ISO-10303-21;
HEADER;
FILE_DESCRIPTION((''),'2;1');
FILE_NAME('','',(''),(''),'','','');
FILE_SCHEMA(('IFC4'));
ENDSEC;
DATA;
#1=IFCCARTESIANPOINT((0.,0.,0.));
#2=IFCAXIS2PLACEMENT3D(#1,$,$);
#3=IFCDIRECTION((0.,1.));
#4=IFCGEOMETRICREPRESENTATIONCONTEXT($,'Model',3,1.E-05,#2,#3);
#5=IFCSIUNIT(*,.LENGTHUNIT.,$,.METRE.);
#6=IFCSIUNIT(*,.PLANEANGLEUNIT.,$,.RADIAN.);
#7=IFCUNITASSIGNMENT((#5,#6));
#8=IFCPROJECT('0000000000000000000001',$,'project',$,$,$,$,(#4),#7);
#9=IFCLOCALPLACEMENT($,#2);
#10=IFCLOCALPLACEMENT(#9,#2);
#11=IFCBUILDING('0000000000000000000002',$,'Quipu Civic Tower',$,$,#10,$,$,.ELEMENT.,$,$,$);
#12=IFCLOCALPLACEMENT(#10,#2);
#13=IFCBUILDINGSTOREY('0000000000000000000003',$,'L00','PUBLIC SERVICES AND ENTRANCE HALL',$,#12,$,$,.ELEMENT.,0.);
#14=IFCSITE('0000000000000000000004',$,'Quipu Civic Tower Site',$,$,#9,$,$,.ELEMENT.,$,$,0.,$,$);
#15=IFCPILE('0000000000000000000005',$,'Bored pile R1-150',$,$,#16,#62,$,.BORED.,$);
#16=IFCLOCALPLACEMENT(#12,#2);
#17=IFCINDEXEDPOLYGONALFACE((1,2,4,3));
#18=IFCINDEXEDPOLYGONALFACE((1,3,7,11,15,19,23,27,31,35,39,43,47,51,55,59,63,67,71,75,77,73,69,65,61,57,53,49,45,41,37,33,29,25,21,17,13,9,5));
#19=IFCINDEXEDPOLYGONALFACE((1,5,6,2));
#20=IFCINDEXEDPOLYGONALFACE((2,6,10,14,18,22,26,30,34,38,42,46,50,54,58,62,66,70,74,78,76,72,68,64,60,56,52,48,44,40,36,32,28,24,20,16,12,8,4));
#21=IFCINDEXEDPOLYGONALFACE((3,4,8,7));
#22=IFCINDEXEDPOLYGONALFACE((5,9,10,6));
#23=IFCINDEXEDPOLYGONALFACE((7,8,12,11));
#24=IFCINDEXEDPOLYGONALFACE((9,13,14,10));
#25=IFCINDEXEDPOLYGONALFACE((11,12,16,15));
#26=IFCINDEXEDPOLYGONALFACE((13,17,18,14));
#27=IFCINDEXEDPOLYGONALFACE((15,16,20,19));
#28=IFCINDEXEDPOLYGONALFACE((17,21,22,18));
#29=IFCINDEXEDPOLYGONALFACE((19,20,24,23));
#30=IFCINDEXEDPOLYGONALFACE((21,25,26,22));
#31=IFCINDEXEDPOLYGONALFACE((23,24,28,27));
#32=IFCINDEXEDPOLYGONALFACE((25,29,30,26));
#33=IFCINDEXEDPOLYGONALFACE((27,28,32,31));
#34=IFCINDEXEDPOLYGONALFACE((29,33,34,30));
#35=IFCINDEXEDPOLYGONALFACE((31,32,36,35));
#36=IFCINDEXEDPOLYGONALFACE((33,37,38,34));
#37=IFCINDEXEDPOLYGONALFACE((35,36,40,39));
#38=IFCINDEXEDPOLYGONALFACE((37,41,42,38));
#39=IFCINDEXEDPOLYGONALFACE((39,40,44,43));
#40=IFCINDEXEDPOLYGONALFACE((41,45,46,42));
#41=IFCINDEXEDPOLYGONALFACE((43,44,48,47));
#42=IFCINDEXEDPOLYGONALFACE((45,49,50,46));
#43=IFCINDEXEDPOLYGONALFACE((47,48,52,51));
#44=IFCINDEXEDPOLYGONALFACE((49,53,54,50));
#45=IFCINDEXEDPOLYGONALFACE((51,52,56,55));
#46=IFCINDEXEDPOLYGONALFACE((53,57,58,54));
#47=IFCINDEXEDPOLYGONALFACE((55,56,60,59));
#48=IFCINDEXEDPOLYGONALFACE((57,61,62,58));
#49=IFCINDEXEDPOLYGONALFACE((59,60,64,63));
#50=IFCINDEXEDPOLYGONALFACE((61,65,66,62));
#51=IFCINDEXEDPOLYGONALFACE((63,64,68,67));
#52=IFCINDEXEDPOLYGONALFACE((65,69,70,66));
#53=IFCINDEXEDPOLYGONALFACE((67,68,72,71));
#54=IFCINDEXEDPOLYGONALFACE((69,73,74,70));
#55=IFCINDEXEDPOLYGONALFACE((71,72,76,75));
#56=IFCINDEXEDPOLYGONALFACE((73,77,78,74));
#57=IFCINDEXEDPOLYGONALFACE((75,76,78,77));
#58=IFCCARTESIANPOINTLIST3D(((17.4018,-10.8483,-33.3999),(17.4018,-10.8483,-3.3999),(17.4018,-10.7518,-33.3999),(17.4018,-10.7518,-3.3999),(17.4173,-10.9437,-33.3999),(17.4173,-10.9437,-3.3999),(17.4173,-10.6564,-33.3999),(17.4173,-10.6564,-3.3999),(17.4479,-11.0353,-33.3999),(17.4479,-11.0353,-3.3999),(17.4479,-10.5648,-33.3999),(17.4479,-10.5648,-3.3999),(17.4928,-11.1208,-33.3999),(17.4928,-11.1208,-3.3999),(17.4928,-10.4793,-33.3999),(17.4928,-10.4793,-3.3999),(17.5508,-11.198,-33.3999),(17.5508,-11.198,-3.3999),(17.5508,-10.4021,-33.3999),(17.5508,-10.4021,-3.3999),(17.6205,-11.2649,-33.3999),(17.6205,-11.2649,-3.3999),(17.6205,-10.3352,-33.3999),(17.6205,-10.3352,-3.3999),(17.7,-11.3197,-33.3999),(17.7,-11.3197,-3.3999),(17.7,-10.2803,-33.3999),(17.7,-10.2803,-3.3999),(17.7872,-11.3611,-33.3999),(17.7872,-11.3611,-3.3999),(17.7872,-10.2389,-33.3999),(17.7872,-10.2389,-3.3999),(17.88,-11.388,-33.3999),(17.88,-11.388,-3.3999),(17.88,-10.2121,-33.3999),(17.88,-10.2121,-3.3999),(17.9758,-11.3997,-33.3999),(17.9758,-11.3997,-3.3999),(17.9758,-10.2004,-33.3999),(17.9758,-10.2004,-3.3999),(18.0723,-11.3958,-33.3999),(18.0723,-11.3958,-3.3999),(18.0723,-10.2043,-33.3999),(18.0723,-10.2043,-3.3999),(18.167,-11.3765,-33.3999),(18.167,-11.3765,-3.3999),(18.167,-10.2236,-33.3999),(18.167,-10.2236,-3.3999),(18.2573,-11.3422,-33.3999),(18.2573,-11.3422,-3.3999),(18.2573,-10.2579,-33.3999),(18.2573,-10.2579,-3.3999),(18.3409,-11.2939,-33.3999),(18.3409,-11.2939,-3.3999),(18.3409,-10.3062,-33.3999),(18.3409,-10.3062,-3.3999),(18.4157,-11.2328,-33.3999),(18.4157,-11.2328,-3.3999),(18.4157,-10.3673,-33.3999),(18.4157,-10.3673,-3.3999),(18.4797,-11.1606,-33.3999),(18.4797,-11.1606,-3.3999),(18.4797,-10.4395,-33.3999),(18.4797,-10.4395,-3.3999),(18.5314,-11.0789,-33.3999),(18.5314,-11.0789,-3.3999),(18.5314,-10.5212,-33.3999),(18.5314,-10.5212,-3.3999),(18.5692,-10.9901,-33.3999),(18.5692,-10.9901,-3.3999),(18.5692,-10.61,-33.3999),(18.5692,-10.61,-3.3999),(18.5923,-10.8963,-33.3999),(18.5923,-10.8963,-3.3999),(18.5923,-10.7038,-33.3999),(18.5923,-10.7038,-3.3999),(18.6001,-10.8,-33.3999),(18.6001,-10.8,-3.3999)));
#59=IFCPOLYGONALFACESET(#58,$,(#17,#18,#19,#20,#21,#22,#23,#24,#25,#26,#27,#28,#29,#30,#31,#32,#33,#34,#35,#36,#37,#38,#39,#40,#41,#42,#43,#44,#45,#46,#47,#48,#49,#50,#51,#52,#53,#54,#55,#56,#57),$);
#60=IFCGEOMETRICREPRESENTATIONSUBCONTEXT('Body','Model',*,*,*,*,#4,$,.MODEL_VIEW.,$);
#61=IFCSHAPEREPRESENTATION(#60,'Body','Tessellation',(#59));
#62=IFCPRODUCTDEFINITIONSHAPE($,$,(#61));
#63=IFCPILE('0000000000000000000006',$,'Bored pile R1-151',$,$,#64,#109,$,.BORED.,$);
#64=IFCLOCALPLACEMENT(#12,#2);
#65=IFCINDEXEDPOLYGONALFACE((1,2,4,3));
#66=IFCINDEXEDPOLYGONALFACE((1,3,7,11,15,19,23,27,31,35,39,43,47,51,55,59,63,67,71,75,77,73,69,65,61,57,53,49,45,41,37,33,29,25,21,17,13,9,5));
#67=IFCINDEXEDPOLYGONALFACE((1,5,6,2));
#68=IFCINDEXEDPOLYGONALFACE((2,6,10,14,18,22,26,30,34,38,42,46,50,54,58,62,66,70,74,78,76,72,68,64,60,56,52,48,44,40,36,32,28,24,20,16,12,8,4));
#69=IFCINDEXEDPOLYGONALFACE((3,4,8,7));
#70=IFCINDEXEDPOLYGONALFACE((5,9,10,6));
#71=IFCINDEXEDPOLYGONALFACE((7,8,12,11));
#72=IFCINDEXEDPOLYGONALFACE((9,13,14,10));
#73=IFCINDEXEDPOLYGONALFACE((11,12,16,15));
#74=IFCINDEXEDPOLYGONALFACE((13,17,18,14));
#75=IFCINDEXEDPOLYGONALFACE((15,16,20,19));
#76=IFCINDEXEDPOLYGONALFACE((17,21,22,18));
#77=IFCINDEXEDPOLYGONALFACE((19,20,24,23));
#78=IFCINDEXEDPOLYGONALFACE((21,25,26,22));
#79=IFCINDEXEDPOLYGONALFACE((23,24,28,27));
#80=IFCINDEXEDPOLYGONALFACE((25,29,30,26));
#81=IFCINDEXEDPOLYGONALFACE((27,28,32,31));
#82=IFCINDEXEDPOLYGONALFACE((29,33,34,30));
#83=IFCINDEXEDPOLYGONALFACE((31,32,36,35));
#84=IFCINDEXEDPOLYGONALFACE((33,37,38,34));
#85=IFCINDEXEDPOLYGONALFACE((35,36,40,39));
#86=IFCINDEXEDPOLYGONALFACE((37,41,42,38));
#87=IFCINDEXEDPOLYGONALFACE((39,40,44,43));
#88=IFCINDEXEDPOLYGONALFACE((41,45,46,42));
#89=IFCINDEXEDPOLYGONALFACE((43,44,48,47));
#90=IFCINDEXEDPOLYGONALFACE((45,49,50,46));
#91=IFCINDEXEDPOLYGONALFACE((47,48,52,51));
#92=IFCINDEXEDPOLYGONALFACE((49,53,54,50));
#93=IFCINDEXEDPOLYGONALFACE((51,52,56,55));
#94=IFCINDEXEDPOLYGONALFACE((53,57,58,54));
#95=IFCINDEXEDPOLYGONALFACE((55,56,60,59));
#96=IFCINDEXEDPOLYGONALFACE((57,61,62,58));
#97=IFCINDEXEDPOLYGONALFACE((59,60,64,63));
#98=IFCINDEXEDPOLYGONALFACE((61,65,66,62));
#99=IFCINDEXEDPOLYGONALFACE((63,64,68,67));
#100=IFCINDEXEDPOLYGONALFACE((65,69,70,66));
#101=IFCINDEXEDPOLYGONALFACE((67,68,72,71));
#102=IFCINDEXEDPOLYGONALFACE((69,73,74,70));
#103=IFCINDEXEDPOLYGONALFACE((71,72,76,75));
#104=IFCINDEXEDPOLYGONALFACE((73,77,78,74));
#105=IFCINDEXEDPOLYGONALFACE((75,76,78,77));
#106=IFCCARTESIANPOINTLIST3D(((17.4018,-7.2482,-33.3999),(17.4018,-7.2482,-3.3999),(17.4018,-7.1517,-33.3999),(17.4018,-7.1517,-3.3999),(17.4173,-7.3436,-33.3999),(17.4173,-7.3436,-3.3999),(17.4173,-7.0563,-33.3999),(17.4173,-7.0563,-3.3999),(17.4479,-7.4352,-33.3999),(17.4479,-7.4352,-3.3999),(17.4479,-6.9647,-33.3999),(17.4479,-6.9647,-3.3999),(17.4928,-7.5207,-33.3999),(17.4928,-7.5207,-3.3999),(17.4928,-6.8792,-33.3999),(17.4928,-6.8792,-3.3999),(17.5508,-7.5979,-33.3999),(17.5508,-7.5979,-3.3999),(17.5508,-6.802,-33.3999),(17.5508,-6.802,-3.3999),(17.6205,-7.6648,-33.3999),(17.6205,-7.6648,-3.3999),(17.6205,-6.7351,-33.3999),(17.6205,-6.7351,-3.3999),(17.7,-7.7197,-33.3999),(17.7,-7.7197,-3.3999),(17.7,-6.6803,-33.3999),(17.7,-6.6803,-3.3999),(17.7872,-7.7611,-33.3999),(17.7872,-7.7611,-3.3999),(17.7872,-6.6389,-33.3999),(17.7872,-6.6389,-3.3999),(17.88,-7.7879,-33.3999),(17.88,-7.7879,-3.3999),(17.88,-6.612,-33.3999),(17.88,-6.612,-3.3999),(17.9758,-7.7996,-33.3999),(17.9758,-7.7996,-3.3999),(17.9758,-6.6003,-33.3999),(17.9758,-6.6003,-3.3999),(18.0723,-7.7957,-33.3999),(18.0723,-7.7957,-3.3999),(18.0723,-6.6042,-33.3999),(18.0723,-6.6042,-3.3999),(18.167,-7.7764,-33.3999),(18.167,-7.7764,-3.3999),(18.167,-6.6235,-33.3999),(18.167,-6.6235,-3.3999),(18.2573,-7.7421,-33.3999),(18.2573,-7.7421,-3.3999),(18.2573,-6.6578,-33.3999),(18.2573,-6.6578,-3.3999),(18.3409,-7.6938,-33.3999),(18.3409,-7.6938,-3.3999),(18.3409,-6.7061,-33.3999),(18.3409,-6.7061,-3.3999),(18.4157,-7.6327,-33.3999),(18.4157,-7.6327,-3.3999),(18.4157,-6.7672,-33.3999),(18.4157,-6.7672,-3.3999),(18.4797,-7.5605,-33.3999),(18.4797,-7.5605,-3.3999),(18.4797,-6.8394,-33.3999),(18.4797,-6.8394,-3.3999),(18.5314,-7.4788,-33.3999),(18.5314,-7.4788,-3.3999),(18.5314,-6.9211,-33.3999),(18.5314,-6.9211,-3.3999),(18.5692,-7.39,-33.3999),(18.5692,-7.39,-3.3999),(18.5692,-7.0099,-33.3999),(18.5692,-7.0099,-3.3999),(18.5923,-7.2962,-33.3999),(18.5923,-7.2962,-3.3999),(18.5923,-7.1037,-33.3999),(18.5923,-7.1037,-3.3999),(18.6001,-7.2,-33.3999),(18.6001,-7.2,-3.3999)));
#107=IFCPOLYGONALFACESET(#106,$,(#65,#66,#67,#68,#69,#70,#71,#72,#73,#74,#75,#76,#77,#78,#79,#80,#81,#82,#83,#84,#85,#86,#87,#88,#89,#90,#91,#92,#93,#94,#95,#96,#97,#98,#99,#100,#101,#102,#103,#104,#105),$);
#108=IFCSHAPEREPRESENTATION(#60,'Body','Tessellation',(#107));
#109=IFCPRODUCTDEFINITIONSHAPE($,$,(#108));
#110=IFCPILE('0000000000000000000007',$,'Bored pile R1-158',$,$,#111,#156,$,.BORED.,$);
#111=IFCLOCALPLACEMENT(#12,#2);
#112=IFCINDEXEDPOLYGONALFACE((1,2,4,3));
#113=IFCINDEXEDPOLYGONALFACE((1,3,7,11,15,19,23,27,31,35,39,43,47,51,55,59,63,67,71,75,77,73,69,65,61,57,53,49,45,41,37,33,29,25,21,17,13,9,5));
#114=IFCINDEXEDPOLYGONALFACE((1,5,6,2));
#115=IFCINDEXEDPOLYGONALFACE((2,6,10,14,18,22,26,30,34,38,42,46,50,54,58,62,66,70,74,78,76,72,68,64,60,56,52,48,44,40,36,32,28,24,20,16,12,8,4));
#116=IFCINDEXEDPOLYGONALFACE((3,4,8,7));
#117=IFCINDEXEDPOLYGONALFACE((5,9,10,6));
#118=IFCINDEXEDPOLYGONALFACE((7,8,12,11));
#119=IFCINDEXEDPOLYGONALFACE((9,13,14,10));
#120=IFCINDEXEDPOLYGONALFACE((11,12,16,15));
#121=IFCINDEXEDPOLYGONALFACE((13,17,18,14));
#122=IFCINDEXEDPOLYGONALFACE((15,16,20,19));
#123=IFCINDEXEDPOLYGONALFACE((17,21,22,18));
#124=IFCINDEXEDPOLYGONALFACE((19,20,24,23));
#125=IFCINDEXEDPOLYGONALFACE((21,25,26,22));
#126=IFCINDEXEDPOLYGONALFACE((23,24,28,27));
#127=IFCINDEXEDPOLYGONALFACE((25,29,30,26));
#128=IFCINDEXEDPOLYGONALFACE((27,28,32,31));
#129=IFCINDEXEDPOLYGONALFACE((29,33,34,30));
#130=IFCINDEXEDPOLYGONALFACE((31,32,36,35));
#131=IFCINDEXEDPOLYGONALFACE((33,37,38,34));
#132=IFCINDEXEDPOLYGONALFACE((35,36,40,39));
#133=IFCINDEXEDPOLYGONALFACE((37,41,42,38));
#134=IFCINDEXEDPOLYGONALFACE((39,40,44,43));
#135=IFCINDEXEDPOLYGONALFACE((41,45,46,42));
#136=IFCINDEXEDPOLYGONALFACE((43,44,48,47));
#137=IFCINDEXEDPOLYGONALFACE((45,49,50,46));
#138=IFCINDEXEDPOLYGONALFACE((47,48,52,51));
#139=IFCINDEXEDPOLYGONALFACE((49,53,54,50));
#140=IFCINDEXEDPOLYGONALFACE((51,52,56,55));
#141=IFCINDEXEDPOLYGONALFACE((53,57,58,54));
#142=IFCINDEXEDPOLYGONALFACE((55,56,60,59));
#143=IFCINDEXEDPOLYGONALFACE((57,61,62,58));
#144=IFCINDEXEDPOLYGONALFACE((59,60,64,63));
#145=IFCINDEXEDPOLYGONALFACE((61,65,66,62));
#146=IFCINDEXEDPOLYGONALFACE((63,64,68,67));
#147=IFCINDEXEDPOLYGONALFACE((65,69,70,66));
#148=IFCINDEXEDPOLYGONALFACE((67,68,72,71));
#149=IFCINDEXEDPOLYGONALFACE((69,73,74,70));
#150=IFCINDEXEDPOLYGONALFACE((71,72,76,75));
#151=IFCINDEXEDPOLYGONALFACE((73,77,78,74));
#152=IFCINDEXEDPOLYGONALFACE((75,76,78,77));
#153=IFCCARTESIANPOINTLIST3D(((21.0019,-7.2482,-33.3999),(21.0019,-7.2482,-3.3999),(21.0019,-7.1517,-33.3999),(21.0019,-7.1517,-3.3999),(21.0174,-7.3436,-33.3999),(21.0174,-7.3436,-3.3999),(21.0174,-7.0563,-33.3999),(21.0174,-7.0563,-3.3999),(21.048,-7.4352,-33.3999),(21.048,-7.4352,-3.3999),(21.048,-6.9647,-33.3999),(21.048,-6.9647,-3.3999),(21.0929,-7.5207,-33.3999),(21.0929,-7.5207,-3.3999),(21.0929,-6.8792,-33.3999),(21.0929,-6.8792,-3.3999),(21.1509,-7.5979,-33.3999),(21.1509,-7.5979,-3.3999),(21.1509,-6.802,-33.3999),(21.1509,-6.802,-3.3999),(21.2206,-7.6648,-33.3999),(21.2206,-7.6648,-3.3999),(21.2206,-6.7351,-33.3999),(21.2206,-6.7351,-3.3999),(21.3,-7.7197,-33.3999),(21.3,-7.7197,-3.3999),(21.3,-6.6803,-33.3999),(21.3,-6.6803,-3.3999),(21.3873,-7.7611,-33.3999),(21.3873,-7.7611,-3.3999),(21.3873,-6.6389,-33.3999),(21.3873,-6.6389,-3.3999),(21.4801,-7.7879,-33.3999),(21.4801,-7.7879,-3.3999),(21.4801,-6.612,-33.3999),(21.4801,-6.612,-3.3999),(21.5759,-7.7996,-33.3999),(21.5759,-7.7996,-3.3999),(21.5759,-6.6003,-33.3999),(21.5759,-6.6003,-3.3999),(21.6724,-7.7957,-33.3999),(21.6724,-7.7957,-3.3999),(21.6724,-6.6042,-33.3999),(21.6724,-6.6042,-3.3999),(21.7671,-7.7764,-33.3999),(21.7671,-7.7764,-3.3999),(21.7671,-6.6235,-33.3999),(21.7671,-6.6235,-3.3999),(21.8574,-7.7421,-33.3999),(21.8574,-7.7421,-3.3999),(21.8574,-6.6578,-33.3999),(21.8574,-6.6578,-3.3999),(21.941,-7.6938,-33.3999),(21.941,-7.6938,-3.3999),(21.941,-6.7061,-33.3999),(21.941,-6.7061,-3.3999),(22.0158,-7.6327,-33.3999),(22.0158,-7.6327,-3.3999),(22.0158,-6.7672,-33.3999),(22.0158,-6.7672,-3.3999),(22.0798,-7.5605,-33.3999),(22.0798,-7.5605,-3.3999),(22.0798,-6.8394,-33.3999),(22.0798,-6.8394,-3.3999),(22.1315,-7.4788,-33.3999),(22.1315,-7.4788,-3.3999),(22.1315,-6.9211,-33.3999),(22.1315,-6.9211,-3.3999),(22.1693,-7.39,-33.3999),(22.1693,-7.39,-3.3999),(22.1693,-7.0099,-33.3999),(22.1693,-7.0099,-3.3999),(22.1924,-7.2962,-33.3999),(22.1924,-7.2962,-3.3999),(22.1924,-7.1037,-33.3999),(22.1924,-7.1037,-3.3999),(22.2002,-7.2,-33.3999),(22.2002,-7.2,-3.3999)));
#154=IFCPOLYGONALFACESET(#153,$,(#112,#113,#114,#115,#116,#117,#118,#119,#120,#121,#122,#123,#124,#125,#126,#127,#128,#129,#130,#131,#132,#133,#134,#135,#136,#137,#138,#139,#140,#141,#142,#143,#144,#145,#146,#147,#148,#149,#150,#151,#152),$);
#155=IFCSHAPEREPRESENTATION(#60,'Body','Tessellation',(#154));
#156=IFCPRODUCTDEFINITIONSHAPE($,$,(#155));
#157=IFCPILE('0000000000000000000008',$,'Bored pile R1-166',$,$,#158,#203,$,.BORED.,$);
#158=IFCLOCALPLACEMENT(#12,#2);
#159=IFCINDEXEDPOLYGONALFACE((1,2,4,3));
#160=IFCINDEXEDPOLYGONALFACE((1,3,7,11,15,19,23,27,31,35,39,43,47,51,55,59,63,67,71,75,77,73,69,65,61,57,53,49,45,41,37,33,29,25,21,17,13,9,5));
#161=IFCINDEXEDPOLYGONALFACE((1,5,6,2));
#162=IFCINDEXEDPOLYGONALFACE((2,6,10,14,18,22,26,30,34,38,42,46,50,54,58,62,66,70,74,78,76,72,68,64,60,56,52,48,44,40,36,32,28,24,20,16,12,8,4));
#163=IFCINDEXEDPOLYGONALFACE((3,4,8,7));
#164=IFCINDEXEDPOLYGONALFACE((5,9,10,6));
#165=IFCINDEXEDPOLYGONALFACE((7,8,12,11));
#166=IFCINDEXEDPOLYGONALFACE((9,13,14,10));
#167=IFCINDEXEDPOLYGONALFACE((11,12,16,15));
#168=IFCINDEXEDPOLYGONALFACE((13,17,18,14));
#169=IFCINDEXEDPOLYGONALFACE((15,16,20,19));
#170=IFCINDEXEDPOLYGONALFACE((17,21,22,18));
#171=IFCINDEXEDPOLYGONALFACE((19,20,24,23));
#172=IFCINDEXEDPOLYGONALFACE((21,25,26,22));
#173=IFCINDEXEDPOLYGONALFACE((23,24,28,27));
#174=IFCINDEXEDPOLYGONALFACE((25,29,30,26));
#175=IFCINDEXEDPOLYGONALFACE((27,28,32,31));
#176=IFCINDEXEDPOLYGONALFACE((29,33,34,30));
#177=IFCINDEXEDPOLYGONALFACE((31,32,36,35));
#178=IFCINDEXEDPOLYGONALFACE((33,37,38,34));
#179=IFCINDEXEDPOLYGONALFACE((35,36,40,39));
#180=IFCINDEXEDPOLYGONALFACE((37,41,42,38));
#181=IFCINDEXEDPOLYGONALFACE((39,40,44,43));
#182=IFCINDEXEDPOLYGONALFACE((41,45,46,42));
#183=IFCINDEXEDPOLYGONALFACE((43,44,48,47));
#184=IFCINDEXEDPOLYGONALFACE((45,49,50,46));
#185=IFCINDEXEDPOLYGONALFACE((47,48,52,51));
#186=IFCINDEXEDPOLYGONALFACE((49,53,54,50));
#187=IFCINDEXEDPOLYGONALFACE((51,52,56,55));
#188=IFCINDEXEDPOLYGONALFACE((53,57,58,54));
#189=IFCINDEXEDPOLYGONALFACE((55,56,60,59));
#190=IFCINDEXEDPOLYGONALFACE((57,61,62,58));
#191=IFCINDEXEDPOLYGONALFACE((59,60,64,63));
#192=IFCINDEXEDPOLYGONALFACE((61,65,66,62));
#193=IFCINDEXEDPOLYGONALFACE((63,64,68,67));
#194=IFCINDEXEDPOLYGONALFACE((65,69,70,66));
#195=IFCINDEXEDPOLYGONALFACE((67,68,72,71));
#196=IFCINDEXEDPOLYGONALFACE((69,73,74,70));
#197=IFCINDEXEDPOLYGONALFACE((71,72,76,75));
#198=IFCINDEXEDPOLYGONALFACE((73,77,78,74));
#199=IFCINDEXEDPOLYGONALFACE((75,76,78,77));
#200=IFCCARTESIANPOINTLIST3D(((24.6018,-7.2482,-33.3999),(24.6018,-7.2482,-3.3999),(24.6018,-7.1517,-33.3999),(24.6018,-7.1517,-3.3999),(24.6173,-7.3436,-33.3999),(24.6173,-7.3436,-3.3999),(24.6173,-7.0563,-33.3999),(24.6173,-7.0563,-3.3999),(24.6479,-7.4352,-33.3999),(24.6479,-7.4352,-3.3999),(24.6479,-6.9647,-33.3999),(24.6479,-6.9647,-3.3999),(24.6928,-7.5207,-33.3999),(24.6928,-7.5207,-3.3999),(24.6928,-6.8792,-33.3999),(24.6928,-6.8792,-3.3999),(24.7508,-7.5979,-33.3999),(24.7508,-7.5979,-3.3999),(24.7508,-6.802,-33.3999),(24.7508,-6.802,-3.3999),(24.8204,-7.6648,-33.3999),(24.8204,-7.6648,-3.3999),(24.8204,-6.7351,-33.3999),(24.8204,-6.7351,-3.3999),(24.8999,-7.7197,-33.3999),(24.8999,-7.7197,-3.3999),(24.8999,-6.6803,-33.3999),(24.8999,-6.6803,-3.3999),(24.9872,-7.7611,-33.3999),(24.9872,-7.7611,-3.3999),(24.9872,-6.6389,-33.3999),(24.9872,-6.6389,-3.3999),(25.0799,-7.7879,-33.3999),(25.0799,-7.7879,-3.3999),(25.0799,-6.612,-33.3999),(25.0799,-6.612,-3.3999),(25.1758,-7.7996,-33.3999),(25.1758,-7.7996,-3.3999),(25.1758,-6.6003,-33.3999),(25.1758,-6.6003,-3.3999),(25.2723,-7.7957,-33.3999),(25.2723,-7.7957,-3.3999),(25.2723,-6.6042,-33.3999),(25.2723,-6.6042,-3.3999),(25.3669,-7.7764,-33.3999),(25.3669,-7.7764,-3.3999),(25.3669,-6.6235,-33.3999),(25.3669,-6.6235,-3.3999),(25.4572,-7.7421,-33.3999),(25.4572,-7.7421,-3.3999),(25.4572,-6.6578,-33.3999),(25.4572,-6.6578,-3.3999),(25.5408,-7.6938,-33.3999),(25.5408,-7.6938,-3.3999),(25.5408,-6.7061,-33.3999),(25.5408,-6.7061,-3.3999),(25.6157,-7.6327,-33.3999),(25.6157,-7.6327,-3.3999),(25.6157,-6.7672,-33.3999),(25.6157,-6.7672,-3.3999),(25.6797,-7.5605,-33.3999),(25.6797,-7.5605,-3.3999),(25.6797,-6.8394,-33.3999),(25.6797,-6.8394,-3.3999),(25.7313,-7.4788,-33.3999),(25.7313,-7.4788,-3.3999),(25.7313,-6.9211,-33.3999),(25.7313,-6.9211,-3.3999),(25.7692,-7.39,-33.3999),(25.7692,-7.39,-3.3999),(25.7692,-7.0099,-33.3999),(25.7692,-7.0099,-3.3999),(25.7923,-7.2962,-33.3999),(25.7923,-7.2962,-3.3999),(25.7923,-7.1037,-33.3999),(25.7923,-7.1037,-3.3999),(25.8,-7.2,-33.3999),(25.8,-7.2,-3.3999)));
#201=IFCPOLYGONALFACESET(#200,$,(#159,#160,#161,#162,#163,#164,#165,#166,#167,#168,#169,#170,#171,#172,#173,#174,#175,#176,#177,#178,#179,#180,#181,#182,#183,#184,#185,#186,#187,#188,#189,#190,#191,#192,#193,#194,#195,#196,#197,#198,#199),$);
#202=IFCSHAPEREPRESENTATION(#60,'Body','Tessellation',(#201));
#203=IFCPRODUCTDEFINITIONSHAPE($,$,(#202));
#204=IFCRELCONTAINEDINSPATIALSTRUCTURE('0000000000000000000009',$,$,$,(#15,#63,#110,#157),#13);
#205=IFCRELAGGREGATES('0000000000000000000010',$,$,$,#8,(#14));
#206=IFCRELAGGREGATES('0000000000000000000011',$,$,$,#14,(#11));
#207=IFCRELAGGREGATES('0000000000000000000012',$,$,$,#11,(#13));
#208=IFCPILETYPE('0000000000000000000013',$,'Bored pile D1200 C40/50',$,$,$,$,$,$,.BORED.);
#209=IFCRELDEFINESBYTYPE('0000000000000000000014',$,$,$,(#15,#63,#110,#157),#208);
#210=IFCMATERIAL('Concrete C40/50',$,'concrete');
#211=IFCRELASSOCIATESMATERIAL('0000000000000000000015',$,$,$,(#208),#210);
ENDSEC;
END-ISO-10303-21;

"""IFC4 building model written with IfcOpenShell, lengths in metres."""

from ifc_helpers import new_model, si_unit, direction, frame, origin, origin_2d, place, context, subcontext, project, spatial, circle, extrude, material, material_profile, profile_set, type_object, element, save


model = new_model("IFC4")

# Units and contexts
model_context = context("Model", 3, precision=1e-05, world=origin(), true_north=direction((0.0, 1.0)))
body_context = subcontext(model_context, "Body", "Model", "MODEL_VIEW")
ifc_project = project(units=[si_unit("LENGTHUNIT", "METRE"), si_unit("PLANEANGLEUNIT", "RADIAN")], contexts=[model_context])

# Site, building, storey
site_placement = place(None, origin())
site = spatial("IfcSite", under=ifc_project, at=site_placement, Name="Quipu Civic Tower Site", CompositionType="ELEMENT", RefElevation=0.0)
building_placement = place(site_placement, origin())
building = spatial("IfcBuilding", under=site, at=building_placement, Name="Quipu Civic Tower", CompositionType="ELEMENT")
storey_placement = place(building_placement, origin())
storey = spatial("IfcBuildingStorey", under=building, at=storey_placement, Name="L00", Description="PUBLIC SERVICES AND ENTRANCE HALL", CompositionType="ELEMENT", Elevation=0.0)

# Piles
ifc_material_1 = material(Name="Concrete C40/50", Category="concrete")
ifc_material_profile_1 = material_profile(ifc_material_1, circle(Radius=0.6001, at=origin_2d()), Name="RCD1200")
ifc_profile_set_1 = profile_set([ifc_material_profile_1], Name="Concrete C40/50")
pile_type = type_object("IfcPileType", Name="Bored pile D1200 C40/50", PredefinedType="BORED", material=ifc_profile_set_1)
for number, where, z_axis, x_axis, name in (
    (1, (18.0, -10.8, -3.3999), (0.0, 0.0, -1.0), (1.0, 0.0, 0.0), "Bored pile R1-150"),
    (2, (18.0, -7.2, -3.3999), (0.0, 0.0, -1.0), (1.0, 0.0, 0.0), "Bored pile R1-151"),
    (3, (21.6001, -7.2, -3.3999), (0.0, 0.0, -1.0), (1.0, 0.0, 0.0), "Bored pile R1-158"),
    (4, (25.2, -7.2, -3.3999), (0.0, 0.0, -1.0), (1.0, 0.0, 0.0), "Bored pile R1-166"),
):
    element("IfcPile", number, at=place(storey_placement, frame(where, z_axis=z_axis, x_axis=x_axis)), inside=storey, type_object=pile_type, Name=name, PredefinedType="BORED", context=body_context, shape_type="SweptSolid", body=[
        extrude(circle(Radius=0.6001, at=origin_2d()), origin(), (0.0, 0.0, 1.0), 30.0),
    ])

save(model, "model.ifc")
